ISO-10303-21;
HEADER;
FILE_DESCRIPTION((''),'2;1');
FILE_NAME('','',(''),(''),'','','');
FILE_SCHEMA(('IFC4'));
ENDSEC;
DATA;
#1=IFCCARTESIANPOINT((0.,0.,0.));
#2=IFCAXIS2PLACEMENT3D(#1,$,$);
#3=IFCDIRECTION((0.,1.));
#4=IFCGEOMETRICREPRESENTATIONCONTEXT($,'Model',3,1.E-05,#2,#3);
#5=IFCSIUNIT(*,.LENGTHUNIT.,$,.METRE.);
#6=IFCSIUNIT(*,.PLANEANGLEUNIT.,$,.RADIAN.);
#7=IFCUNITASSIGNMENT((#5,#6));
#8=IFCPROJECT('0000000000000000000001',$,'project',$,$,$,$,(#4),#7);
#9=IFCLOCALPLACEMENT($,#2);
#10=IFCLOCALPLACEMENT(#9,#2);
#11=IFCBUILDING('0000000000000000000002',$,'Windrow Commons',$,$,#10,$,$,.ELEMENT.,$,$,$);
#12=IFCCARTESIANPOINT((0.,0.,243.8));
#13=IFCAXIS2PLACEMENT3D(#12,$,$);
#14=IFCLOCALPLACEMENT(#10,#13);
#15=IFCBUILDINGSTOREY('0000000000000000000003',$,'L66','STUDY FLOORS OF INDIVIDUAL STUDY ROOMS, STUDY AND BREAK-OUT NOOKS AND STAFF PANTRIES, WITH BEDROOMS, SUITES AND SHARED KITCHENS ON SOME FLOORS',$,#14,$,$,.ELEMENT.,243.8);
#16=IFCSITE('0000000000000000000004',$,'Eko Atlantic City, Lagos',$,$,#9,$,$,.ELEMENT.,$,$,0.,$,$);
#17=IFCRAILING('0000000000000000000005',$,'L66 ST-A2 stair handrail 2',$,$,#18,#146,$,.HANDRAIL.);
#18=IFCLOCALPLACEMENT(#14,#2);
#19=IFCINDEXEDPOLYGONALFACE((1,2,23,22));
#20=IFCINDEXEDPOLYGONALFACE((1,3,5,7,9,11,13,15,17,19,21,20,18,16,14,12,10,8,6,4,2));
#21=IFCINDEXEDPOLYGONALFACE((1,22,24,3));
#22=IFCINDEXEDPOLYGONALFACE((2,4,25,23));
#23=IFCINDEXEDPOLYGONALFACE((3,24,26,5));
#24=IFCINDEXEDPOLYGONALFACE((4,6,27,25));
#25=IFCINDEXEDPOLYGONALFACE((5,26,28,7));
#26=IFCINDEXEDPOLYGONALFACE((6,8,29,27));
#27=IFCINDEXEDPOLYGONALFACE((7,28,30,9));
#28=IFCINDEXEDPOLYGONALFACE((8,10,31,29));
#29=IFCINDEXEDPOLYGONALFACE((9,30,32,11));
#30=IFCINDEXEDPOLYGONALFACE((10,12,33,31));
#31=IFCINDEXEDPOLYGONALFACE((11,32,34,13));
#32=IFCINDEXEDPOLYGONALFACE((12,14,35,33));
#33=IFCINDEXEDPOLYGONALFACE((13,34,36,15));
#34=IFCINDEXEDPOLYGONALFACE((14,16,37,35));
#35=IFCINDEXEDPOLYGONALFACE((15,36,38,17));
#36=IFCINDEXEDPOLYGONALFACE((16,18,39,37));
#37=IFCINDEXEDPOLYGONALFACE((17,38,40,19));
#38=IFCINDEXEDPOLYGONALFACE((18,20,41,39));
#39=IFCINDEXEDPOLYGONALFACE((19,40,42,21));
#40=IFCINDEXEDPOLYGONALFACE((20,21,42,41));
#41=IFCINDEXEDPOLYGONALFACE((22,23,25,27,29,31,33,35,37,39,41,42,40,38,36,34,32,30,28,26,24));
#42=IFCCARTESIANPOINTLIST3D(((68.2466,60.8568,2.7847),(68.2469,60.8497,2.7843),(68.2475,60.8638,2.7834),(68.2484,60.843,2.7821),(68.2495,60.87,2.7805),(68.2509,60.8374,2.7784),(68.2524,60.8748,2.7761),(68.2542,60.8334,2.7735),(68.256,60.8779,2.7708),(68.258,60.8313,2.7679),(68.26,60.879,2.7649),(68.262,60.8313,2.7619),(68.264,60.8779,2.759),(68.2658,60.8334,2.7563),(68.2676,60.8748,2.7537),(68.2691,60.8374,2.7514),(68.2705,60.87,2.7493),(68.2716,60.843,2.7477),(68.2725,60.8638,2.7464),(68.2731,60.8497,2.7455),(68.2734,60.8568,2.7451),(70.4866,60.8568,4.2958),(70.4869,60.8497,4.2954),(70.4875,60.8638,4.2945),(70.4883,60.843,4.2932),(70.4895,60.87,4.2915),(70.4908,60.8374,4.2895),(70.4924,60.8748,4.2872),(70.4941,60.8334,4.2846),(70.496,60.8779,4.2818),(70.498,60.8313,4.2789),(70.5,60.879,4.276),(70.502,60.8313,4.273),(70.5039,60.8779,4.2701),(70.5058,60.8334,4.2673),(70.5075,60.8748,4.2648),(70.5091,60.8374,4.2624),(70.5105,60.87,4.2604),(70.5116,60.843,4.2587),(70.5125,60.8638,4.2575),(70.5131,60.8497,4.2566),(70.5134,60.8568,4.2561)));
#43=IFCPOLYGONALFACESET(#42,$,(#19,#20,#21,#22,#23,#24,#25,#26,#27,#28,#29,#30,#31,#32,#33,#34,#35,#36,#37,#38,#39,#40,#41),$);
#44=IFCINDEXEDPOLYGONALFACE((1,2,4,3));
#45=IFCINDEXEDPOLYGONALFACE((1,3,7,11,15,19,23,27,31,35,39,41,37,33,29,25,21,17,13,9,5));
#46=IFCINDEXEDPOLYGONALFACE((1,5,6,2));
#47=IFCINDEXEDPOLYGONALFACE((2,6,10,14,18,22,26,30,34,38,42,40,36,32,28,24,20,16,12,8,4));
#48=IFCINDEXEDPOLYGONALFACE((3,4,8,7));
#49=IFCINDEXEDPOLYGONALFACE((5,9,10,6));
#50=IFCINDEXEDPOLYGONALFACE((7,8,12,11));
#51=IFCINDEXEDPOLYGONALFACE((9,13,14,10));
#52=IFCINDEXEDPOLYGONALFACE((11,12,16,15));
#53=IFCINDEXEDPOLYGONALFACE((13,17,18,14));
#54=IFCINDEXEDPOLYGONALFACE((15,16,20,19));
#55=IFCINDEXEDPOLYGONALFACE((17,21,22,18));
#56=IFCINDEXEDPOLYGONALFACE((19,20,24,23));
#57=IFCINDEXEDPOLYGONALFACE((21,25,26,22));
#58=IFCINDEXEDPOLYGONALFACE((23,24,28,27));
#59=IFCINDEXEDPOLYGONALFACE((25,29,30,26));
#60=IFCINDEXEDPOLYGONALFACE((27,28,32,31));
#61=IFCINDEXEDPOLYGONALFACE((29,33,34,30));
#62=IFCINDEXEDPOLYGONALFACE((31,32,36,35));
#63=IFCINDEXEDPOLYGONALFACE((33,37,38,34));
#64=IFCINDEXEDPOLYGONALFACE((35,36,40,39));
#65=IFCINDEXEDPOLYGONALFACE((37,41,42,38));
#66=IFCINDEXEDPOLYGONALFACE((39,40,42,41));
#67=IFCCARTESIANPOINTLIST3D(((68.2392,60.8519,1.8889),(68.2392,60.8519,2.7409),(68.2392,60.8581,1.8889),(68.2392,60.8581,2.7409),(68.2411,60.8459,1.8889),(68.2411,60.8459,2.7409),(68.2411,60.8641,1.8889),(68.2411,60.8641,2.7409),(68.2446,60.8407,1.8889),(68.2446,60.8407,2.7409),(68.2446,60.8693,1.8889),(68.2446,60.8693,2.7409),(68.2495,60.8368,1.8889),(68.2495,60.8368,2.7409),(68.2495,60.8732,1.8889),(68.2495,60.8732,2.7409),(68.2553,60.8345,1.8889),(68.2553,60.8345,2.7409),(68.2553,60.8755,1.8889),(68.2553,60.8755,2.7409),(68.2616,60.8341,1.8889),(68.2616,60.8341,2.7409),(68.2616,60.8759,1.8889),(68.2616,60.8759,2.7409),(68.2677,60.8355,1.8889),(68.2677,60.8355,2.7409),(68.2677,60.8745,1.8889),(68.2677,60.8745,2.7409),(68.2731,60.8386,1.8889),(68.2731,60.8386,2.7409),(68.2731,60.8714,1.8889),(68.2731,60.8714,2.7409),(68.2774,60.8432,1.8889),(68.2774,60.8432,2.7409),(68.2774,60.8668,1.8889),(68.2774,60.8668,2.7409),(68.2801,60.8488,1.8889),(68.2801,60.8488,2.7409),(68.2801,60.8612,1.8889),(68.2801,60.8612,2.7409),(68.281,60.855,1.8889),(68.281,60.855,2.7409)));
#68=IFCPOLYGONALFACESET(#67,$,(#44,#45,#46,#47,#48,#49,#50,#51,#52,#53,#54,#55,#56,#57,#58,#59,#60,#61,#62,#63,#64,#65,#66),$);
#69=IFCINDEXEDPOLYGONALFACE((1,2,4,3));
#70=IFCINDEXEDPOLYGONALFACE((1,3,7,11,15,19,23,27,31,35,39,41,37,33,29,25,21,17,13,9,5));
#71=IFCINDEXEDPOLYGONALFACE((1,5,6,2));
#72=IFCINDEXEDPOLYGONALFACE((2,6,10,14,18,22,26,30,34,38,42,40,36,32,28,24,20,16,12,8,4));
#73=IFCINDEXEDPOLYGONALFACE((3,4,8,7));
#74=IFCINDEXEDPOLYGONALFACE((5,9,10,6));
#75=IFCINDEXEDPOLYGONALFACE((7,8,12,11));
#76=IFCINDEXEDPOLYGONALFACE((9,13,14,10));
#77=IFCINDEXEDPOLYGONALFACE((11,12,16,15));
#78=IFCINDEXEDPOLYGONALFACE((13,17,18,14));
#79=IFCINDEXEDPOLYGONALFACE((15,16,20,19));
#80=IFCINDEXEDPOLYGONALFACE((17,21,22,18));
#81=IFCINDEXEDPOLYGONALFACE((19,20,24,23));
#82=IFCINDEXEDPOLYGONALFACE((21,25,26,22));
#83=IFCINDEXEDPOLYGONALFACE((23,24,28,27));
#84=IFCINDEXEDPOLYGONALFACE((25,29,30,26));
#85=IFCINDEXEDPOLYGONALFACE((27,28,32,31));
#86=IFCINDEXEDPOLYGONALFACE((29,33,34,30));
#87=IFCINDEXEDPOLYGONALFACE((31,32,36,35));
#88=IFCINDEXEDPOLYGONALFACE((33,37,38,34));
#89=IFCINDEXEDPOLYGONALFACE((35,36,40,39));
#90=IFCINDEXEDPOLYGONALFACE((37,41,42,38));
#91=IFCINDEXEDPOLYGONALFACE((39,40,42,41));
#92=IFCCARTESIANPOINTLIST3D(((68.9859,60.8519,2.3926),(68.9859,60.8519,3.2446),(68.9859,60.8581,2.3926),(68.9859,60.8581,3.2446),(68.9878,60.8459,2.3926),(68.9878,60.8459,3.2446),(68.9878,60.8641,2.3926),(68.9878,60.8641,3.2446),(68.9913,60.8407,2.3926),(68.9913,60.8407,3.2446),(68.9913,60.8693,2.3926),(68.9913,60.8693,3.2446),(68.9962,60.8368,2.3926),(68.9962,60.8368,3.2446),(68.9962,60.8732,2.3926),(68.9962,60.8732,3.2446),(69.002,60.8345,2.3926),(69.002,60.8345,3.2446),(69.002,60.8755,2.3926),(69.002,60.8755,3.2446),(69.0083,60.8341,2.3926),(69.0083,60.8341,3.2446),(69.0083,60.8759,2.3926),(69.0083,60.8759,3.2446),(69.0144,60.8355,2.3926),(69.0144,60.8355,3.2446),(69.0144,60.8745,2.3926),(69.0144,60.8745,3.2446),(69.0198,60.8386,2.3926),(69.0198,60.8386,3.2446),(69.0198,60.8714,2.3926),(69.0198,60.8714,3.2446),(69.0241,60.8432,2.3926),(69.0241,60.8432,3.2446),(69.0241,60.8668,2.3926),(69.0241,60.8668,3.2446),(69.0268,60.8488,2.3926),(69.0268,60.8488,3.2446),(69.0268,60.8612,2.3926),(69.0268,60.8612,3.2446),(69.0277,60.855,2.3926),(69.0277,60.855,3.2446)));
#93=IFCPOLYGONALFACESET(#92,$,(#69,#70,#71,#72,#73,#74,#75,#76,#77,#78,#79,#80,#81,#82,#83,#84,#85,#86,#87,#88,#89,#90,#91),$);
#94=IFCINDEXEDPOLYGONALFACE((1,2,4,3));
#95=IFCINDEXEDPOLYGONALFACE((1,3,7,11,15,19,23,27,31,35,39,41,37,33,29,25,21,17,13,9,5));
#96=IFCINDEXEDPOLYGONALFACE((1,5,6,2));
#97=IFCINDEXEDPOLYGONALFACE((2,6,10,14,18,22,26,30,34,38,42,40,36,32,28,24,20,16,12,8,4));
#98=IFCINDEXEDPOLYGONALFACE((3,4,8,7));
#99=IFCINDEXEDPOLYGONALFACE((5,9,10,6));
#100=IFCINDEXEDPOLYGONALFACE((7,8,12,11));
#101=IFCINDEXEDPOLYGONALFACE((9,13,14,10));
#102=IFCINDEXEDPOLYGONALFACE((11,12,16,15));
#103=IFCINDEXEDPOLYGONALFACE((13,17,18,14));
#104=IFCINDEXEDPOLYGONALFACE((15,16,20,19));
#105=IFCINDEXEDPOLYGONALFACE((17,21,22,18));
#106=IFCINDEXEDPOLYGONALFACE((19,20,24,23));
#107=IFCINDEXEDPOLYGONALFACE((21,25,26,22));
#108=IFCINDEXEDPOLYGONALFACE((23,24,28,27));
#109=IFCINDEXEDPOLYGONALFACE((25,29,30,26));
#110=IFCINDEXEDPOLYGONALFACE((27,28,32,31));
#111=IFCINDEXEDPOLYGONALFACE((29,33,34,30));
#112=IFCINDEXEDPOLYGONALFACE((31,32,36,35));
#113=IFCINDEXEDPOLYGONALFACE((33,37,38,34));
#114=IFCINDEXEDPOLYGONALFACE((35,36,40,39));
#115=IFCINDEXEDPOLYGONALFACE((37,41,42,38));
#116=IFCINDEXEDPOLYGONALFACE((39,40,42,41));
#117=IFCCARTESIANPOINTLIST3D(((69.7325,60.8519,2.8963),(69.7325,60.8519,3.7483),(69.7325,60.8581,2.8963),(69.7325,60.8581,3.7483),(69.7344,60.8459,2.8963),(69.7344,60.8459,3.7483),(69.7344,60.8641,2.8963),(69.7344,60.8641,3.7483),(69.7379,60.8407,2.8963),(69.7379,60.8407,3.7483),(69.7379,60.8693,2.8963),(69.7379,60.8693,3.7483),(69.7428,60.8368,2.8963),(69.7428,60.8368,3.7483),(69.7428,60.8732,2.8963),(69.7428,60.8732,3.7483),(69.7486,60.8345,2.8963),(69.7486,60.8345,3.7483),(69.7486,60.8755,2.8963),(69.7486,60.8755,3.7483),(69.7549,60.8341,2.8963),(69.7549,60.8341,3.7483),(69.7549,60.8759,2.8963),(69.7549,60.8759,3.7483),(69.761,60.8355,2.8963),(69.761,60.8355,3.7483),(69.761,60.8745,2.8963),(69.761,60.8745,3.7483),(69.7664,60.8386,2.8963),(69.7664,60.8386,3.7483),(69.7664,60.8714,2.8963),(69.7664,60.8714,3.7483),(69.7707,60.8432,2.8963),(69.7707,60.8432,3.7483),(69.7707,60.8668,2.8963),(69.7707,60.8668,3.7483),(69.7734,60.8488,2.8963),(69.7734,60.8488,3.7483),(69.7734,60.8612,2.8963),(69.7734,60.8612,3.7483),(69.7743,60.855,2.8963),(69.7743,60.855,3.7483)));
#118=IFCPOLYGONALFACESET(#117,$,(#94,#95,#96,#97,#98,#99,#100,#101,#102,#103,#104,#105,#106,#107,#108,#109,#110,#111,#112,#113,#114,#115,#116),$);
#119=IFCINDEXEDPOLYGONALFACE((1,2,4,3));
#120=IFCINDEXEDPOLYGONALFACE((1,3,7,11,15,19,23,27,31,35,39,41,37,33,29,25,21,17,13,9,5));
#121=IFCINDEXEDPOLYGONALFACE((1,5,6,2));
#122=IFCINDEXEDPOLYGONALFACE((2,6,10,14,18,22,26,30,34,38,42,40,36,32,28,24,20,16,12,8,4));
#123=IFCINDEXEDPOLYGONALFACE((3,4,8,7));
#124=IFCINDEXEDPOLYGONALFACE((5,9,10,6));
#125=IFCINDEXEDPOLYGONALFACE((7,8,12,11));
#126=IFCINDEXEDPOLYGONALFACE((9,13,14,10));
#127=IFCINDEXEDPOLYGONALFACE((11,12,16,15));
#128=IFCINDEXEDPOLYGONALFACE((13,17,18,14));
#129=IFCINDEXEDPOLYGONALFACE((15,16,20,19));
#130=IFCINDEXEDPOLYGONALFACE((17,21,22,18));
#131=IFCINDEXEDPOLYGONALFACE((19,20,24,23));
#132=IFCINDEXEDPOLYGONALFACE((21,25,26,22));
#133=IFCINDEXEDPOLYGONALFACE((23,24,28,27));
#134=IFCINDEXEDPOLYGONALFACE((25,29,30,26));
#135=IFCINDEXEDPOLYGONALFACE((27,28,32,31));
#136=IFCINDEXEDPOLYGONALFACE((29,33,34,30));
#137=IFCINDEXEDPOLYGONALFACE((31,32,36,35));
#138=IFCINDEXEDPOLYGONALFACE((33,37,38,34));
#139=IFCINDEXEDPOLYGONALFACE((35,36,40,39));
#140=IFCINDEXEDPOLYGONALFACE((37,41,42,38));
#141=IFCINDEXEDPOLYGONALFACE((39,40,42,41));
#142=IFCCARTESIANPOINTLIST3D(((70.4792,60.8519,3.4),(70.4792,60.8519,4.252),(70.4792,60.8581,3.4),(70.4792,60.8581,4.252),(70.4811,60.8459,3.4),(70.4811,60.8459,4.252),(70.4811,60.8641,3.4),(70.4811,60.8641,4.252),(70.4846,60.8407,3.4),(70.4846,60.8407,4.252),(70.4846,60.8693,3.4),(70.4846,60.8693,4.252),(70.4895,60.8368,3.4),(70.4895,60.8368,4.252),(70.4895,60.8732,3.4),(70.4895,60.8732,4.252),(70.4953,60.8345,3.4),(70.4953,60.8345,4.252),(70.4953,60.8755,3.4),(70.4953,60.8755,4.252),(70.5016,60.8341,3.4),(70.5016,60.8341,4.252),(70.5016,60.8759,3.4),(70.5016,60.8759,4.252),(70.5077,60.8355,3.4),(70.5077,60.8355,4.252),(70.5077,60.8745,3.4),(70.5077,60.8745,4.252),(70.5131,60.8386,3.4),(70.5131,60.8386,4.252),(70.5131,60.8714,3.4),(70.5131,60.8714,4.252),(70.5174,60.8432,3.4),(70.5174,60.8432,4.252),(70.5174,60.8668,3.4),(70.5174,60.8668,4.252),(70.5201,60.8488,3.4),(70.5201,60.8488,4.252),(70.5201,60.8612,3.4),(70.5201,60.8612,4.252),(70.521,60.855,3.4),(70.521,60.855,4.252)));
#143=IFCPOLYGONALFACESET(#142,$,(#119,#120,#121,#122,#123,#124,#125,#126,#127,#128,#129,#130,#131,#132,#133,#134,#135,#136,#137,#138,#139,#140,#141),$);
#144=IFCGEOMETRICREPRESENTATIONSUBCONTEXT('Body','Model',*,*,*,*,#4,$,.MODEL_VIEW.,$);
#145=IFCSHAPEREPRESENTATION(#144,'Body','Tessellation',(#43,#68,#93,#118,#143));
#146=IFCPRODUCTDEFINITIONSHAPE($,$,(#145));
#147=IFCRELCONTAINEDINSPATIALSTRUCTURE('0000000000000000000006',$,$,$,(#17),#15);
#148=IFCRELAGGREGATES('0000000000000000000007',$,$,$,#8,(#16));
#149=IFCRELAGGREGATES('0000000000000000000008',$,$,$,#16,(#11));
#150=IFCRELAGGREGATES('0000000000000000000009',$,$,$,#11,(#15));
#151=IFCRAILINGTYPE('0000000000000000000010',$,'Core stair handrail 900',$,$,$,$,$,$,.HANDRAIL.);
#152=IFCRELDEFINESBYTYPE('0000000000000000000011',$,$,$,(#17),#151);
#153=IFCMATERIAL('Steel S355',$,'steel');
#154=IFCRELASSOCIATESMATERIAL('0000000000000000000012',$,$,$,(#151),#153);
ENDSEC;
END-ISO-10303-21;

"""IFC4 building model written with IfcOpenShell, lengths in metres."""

from ifc_helpers import new_model, si_unit, direction, frame, origin, origin_2d, place, context, subcontext, project, spatial, circle, extrude, material, type_object, element, save


model = new_model("IFC4")

# Units and contexts
model_context = context("Model", 3, precision=1e-05, world=origin(), true_north=direction((0.0, 1.0)))
body_context = subcontext(model_context, "Body", "Model", "MODEL_VIEW")
ifc_project = project(units=[si_unit("LENGTHUNIT", "METRE"), si_unit("PLANEANGLEUNIT", "RADIAN")], contexts=[model_context])

# Site, building, storey
site_placement = place(None, origin())
site = spatial("IfcSite", under=ifc_project, at=site_placement, Name="Eko Atlantic City, Lagos", CompositionType="ELEMENT", RefElevation=0.0)
building_placement = place(site_placement, origin())
building = spatial("IfcBuilding", under=site, at=building_placement, Name="Windrow Commons", CompositionType="ELEMENT")
storey_placement = place(building_placement, frame((0.0, 0.0, 243.8)))
storey = spatial("IfcBuildingStorey", under=building, at=storey_placement, Name="L66", Description="STUDY FLOORS OF INDIVIDUAL STUDY ROOMS, STUDY AND BREAK-OUT NOOKS AND STAFF PANTRIES, WITH BEDROOMS, SUITES AND SHARED KITCHENS ON SOME FLOORS", CompositionType="ELEMENT", Elevation=243.8)

# Railing
ifc_material_1 = material(Name="Steel S355", Category="steel")
railing_type_1 = type_object("IfcRailingType", Name="Core stair handrail 900", PredefinedType="HANDRAIL", material=ifc_material_1)
railing_1_placement = place(storey_placement, frame((68.26, 60.855, 1.8889)))
element("IfcRailing", 1, at=railing_1_placement, inside=storey, type_object=railing_type_1, Name="L66 ST-A2 stair handrail 2", PredefinedType="HANDRAIL", context=body_context, shape_type="SweptSolid", body=[
    extrude(circle(Radius=0.024, at=origin_2d()), frame((0.0, 0.0, 0.876), z_axis=(0.829003, 0.0, 0.559244), x_axis=(0.0, 1.0, 0.0)), (0.0, 0.0, 1.0), 2.702),
    extrude(circle(Radius=0.021, at=origin_2d()), origin(), (0.0, 0.0, 1.0), 0.852),
    extrude(circle(Radius=0.021, at=origin_2d()), frame((0.7467, 0.0, 0.5037)), (0.0, 0.0, 1.0), 0.852),
    extrude(circle(Radius=0.021, at=origin_2d()), frame((1.4933, 0.0, 1.0074)), (0.0, 0.0, 1.0), 0.852),
    extrude(circle(Radius=0.021, at=origin_2d()), frame((2.24, 0.0, 1.5111)), (0.0, 0.0, 1.0), 0.852),
])

save(model, "model.ifc")
